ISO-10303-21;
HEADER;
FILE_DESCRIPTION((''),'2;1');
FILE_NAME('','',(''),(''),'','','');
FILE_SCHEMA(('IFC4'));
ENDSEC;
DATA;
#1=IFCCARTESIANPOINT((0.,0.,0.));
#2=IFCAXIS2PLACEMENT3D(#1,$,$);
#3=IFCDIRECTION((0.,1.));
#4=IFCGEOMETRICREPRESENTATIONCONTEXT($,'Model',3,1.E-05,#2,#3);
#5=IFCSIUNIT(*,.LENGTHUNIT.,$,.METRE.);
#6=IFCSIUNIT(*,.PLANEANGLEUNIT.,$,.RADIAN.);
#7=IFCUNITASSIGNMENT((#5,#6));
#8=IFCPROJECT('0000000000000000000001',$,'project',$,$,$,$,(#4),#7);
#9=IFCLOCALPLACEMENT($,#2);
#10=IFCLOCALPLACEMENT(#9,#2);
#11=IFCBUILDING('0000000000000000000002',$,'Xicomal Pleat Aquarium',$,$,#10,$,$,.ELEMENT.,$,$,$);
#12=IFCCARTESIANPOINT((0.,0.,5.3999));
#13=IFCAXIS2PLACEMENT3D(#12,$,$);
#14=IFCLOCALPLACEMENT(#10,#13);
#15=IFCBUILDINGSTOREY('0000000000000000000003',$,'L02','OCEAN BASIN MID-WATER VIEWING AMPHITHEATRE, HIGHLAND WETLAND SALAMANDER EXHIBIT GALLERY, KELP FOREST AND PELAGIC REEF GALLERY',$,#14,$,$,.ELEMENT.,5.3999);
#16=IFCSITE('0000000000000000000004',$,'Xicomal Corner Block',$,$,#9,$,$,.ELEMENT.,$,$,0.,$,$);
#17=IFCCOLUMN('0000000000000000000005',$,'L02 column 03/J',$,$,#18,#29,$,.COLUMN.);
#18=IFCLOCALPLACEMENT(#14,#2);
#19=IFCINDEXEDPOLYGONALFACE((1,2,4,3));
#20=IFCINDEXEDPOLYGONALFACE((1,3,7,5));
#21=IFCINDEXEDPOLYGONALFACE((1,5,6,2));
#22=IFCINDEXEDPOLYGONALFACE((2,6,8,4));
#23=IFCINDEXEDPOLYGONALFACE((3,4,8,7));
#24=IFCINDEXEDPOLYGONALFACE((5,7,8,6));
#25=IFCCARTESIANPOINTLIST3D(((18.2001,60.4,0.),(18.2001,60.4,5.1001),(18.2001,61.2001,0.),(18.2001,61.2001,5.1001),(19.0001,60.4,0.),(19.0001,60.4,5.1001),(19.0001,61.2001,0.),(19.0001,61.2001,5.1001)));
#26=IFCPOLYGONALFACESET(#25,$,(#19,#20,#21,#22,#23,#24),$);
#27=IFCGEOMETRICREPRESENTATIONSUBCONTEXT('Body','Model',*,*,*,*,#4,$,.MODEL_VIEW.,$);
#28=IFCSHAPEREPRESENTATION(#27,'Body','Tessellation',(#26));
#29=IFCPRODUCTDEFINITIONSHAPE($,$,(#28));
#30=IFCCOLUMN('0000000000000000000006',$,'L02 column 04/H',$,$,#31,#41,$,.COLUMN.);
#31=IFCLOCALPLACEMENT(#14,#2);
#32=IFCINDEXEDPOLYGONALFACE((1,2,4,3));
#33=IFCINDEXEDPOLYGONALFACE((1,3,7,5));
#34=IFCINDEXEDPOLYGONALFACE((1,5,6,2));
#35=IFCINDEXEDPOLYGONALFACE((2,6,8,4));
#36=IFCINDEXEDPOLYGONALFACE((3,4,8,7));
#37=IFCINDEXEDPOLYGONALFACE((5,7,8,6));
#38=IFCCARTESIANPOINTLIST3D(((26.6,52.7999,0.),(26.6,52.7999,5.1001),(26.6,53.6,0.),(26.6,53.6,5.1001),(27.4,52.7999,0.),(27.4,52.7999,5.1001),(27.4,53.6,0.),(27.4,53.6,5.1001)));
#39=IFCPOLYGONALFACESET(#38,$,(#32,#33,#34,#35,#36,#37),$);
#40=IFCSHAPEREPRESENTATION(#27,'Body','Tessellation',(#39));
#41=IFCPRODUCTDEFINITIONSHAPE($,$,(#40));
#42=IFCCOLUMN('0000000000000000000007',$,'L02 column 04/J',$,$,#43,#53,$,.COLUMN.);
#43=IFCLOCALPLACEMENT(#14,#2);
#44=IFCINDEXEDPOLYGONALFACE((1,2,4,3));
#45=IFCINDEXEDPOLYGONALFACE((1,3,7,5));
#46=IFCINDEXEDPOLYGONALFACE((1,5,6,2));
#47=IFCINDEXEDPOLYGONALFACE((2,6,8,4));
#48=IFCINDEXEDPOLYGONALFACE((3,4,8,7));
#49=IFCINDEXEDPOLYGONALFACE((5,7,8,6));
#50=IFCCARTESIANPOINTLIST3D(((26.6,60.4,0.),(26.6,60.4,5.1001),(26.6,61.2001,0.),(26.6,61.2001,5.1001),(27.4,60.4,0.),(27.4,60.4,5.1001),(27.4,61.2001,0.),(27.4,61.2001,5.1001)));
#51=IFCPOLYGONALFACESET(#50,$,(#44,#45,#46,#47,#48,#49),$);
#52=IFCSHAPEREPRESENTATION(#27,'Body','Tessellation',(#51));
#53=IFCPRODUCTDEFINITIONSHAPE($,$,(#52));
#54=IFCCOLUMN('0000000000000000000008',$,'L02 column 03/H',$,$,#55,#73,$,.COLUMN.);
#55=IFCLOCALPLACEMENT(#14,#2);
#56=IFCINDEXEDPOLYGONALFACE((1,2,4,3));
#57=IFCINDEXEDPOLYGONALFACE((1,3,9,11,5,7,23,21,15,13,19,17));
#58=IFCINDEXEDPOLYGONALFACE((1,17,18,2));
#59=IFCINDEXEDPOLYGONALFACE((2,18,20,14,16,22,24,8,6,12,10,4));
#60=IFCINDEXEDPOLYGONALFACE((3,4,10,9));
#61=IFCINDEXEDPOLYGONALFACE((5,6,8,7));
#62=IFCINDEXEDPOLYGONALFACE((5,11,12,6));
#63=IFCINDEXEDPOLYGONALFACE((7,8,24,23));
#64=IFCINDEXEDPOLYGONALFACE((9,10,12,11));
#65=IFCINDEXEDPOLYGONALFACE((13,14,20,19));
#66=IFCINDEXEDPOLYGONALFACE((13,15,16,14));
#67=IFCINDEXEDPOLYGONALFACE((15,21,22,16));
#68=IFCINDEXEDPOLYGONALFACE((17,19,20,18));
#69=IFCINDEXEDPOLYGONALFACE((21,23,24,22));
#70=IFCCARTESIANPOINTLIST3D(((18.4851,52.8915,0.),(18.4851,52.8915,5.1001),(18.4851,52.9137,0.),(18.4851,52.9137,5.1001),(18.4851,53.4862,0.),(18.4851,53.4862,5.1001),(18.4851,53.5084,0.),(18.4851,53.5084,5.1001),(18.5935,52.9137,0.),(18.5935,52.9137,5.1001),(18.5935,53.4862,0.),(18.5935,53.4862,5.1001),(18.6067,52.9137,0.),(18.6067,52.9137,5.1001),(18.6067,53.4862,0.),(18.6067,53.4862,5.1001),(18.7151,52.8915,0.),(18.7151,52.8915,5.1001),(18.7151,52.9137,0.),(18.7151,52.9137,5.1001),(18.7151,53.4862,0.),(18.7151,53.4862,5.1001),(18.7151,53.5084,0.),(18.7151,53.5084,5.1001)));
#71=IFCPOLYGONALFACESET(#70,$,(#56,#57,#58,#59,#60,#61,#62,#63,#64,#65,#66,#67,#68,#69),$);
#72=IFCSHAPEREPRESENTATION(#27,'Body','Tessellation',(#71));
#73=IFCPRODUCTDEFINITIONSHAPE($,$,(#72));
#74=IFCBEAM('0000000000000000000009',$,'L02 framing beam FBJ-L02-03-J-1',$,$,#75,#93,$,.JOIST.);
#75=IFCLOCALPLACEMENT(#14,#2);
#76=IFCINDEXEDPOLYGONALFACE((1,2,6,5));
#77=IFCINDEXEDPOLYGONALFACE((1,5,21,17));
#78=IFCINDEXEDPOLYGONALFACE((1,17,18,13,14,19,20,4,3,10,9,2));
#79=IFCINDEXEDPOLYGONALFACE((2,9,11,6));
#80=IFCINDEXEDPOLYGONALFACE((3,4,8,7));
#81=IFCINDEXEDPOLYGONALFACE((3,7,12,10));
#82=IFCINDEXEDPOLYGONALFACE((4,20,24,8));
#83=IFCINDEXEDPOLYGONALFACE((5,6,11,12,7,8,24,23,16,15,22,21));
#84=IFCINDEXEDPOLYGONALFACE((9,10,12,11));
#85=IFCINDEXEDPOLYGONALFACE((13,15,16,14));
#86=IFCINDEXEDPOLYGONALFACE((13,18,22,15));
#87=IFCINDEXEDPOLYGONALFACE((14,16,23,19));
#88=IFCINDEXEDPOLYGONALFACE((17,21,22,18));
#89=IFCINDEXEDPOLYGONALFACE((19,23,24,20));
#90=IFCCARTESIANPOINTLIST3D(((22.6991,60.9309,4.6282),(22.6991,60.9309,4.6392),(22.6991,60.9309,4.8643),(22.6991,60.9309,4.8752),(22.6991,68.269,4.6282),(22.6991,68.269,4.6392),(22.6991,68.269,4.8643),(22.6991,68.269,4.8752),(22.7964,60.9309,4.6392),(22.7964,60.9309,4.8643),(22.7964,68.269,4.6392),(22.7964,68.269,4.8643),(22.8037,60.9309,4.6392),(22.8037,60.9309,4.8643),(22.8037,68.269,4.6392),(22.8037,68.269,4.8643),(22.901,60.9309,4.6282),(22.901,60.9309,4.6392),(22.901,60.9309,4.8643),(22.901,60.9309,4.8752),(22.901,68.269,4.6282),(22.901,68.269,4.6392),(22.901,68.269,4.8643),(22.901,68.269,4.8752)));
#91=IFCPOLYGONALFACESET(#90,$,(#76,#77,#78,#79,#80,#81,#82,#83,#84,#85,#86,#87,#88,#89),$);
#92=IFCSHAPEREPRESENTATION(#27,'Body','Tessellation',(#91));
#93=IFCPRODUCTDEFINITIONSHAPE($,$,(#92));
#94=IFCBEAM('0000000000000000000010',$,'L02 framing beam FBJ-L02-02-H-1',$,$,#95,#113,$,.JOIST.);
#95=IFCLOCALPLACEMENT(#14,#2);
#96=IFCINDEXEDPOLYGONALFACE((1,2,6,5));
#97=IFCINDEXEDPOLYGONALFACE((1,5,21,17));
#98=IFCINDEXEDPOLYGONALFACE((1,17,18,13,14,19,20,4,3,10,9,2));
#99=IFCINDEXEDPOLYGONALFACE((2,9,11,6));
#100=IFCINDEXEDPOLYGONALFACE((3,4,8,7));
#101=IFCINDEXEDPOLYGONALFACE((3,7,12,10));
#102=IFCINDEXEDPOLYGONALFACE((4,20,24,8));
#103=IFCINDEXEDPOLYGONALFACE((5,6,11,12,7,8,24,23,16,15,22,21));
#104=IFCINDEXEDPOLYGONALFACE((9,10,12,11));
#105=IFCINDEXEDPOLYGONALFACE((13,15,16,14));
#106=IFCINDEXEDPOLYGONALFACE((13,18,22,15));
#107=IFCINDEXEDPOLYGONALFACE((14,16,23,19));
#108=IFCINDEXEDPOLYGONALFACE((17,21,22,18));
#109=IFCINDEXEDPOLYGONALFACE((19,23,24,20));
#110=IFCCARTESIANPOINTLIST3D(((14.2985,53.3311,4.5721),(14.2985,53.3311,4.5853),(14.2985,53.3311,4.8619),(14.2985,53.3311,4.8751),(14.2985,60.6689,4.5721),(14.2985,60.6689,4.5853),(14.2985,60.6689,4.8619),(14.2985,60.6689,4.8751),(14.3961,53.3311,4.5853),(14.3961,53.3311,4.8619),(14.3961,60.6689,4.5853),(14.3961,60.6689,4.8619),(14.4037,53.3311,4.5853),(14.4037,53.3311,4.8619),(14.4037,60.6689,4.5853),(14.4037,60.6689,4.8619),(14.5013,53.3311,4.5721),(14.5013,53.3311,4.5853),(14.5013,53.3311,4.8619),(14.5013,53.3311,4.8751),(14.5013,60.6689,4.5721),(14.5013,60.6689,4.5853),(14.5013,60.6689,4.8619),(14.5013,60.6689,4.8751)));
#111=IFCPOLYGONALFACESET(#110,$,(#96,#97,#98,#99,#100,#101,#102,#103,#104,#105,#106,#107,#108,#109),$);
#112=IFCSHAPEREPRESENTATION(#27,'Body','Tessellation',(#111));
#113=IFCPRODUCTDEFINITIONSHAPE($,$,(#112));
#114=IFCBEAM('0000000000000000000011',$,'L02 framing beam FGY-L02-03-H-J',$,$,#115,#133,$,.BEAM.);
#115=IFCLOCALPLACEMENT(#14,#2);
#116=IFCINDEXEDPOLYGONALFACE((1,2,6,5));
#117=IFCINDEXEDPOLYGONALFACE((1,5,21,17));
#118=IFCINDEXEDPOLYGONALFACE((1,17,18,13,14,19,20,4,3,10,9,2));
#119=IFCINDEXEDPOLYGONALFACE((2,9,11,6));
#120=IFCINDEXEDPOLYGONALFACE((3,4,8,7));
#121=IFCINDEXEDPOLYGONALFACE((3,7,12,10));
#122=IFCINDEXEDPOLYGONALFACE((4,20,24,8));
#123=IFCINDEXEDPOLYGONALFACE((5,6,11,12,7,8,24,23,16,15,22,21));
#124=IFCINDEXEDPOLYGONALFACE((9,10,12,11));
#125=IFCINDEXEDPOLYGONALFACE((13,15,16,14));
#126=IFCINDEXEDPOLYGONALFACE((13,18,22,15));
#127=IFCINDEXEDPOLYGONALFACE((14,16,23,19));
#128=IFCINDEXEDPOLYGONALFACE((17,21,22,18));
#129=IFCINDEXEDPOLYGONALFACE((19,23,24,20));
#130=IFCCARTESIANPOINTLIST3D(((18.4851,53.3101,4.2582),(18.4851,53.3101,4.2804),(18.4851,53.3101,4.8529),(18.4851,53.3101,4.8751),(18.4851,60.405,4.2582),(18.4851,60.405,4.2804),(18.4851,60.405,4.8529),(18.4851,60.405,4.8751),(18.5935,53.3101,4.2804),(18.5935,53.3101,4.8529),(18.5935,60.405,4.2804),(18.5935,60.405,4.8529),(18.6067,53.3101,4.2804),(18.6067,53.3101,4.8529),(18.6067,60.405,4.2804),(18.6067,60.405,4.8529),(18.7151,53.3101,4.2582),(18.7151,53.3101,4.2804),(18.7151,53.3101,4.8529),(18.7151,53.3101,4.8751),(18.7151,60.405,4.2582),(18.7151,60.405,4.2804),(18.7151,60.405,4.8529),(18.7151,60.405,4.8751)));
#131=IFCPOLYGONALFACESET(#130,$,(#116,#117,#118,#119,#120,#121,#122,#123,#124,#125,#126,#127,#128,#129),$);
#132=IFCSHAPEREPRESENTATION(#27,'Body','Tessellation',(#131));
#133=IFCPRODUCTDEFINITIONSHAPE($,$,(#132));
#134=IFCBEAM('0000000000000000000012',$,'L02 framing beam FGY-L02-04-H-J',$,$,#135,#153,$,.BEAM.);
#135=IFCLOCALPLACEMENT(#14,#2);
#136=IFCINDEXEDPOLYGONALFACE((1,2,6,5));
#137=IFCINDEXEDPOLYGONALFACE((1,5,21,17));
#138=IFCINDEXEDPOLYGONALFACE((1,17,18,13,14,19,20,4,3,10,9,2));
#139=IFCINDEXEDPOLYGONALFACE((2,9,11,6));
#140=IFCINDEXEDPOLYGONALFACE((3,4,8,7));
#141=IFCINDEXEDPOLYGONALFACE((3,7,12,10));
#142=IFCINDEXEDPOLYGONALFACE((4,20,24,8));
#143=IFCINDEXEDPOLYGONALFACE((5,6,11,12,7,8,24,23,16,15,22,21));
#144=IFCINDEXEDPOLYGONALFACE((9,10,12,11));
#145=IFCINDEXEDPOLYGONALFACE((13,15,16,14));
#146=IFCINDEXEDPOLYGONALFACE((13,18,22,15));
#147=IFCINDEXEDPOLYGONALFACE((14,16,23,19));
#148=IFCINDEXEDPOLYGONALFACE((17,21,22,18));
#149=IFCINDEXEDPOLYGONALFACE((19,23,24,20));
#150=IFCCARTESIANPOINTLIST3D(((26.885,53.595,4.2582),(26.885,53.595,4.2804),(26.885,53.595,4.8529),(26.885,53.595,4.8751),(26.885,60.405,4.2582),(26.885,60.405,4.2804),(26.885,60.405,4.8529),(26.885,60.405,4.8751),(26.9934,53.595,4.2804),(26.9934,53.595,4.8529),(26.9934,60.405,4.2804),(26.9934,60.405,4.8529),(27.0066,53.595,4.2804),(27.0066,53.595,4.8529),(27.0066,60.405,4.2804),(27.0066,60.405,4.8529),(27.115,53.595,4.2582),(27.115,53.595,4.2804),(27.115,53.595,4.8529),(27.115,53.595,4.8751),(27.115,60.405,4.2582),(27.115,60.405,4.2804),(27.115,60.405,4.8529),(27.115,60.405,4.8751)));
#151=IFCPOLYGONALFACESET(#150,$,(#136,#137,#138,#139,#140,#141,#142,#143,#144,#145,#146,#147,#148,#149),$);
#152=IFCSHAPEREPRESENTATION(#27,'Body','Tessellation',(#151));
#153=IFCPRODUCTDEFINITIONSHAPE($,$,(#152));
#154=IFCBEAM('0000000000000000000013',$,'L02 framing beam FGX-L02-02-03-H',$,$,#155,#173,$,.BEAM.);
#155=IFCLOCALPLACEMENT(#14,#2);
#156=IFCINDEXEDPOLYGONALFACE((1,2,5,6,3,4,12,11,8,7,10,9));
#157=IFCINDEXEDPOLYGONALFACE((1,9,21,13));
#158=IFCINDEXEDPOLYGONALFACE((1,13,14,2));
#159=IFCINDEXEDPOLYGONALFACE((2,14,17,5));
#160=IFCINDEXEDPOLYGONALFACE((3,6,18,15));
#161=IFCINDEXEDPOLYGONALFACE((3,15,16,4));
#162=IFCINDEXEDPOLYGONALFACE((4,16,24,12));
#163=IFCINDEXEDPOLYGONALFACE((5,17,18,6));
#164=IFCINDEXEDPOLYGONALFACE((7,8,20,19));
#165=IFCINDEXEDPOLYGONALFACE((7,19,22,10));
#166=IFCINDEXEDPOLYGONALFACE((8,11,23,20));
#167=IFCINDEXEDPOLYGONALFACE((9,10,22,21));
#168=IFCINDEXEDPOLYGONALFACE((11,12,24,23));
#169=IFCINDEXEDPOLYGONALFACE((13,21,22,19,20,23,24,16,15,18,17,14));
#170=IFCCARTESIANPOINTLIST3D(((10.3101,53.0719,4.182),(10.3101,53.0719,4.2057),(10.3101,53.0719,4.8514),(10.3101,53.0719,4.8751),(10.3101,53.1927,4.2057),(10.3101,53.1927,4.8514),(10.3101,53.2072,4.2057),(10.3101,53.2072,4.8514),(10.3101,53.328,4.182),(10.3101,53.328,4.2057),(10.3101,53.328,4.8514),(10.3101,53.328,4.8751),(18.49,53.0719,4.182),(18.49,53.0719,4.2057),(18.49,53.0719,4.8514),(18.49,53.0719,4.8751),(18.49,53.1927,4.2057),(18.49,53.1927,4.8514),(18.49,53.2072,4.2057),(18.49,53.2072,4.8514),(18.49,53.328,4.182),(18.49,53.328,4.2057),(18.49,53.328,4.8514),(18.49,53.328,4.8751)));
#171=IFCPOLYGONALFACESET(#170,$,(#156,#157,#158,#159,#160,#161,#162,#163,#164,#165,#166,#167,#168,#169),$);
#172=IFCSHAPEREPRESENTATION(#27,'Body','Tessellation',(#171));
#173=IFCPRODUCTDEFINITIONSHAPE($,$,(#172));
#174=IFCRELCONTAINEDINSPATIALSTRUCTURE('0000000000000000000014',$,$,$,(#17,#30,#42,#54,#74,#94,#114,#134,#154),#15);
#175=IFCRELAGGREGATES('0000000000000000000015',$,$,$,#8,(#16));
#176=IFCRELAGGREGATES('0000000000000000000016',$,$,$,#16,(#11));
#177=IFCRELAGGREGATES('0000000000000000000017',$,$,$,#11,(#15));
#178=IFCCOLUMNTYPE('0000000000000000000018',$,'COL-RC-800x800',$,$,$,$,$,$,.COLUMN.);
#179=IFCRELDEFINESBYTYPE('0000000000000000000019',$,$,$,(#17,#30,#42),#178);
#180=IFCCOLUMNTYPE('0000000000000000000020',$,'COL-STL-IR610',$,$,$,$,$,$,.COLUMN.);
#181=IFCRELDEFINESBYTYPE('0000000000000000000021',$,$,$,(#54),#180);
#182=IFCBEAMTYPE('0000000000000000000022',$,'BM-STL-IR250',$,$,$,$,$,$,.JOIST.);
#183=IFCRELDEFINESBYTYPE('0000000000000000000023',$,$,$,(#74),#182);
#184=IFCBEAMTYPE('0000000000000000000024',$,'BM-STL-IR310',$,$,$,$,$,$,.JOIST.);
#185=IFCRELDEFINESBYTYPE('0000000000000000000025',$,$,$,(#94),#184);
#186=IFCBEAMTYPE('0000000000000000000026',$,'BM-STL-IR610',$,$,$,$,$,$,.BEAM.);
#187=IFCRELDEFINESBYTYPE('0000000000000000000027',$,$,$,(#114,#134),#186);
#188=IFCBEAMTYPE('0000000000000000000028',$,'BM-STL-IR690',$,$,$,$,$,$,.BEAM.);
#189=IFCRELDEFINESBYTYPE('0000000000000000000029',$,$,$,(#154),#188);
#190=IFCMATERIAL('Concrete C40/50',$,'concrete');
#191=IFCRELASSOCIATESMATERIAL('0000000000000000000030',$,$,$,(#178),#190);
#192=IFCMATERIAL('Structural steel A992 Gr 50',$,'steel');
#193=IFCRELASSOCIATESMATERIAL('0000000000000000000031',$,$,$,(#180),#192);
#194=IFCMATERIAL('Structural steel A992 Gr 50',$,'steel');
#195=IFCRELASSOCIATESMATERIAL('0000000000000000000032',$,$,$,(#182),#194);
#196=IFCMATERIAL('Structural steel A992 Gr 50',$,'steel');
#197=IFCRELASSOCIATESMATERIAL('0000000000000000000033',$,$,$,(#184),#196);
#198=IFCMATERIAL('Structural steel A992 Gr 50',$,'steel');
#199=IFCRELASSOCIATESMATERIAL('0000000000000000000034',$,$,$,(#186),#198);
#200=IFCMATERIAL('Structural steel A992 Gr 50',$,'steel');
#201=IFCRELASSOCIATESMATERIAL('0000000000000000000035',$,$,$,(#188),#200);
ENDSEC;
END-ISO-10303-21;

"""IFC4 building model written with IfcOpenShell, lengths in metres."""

from ifc_helpers import new_model, si_unit, direction, frame, origin, origin_2d, place, context, subcontext, project, spatial, rectangle, i_section, extrude, material, material_profile, profile_set, type_object, element, save


model = new_model("IFC4")

# Units and contexts
model_context = context("Model", 3, precision=1e-05, world=origin(), true_north=direction((0.0, 1.0)))
body_context = subcontext(model_context, "Body", "Model", "MODEL_VIEW")
ifc_project = project(units=[si_unit("LENGTHUNIT", "METRE"), si_unit("PLANEANGLEUNIT", "RADIAN")], contexts=[model_context])

# Site, building, storey
site_placement = place(None, origin())
site = spatial("IfcSite", under=ifc_project, at=site_placement, Name="Xicomal Corner Block", CompositionType="ELEMENT", RefElevation=0.0)
building_placement = place(site_placement, origin())
building = spatial("IfcBuilding", under=site, at=building_placement, Name="Xicomal Pleat Aquarium", CompositionType="ELEMENT")
storey_placement = place(building_placement, frame((0.0, 0.0, 5.3999)))
storey = spatial("IfcBuildingStorey", under=building, at=storey_placement, Name="L02", Description="OCEAN BASIN MID-WATER VIEWING AMPHITHEATRE, HIGHLAND WETLAND SALAMANDER EXHIBIT GALLERY, KELP FOREST AND PELAGIC REEF GALLERY", CompositionType="ELEMENT", Elevation=5.3999)

# Columns
ifc_material_1 = material(Name="Concrete C40/50", Category="concrete")
ifc_material_profile_1 = material_profile(ifc_material_1, rectangle(XDim=0.8, YDim=0.8, at=origin_2d()), Name="RC 800x800")
ifc_profile_set_1 = profile_set([ifc_material_profile_1], Name="Concrete C40/50")
column_type_1 = type_object("IfcColumnType", Name="COL-RC-800x800", PredefinedType="COLUMN", material=ifc_profile_set_1)
for number, where, z_axis, x_axis, name in (
    (1, (18.6001, 60.8, 0.0), (0.0, 0.0, 1.0), (1.0, 0.0, 0.0), "L02 column 03/J"),
    (2, (27.0, 53.2, 0.0), (0.0, 0.0, 1.0), (1.0, 0.0, 0.0), "L02 column 04/H"),
    (3, (27.0, 60.8, 0.0), (0.0, 0.0, 1.0), (1.0, 0.0, 0.0), "L02 column 04/J"),
):
    element("IfcColumn", number, at=place(storey_placement, frame(where, z_axis=z_axis, x_axis=x_axis)), inside=storey, type_object=column_type_1, Name=name, PredefinedType="COLUMN", context=body_context, shape_type="SweptSolid", body=[
        extrude(rectangle(XDim=0.8, YDim=0.8, at=origin_2d()), origin(), (0.0, 0.0, 1.0), 5.1001),
    ])
ifc_material_2 = material(Name="Structural steel A992 Gr 50", Category="steel")
ifc_material_profile_2 = material_profile(ifc_material_2, i_section(OverallWidth=0.23, OverallDepth=0.6169, WebThickness=0.0132, FlangeThickness=0.0222, at=origin_2d()), Name="IR 610x140")
ifc_profile_set_2 = profile_set([ifc_material_profile_2], Name="Structural steel A992 Gr 50")
column_type_2 = type_object("IfcColumnType", Name="COL-STL-IR610", PredefinedType="COLUMN", material=ifc_profile_set_2)
column_placement = place(storey_placement, frame((18.6001, 53.2, 0.0), z_axis=(0.0, 0.0, 1.0), x_axis=(1.0, 0.0, 0.0)))
element("IfcColumn", 4, at=column_placement, inside=storey, type_object=column_type_2, Name="L02 column 03/H", PredefinedType="COLUMN", context=body_context, shape_type="SweptSolid", body=[
    extrude(i_section(OverallWidth=0.23, OverallDepth=0.6169, WebThickness=0.0132, FlangeThickness=0.0222, at=origin_2d()), origin(), (0.0, 0.0, 1.0), 5.1001),
])

# Beams
ifc_material_3 = material(Name="Structural steel A992 Gr 50", Category="steel")
ifc_material_profile_3 = material_profile(ifc_material_3, i_section(OverallWidth=0.2019, OverallDepth=0.2471, WebThickness=0.0073, FlangeThickness=0.011, at=origin_2d()), Name="IR 250x49")
ifc_profile_set_3 = profile_set([ifc_material_profile_3], Name="Structural steel A992 Gr 50")
beam_type_1 = type_object("IfcBeamType", Name="BM-STL-IR250", PredefinedType="JOIST", material=ifc_profile_set_3)
beam_1_placement = place(storey_placement, frame((22.8, 60.9309, 4.7517), z_axis=(0.0, 1.0, 0.0), x_axis=(-1.0, 0.0, 0.0)))
element("IfcBeam", 5, at=beam_1_placement, inside=storey, type_object=beam_type_1, Name="L02 framing beam FBJ-L02-03-J-1", PredefinedType="JOIST", context=body_context, shape_type="SweptSolid", body=[
    extrude(i_section(OverallWidth=0.2019, OverallDepth=0.2471, WebThickness=0.0073, FlangeThickness=0.011, at=origin_2d()), origin(), (0.0, 0.0, 1.0), 7.3381),
])
ifc_material_4 = material(Name="Structural steel A992 Gr 50", Category="steel")
ifc_material_profile_4 = material_profile(ifc_material_4, i_section(OverallWidth=0.2029, OverallDepth=0.303, WebThickness=0.0076, FlangeThickness=0.0132, at=origin_2d()), Name="IR 310x60")
ifc_profile_set_4 = profile_set([ifc_material_profile_4], Name="Structural steel A992 Gr 50")
beam_type_2 = type_object("IfcBeamType", Name="BM-STL-IR310", PredefinedType="JOIST", material=ifc_profile_set_4)
beam_2_placement = place(storey_placement, frame((14.3999, 53.3311, 4.7236), z_axis=(0.0, 1.0, 0.0), x_axis=(-1.0, 0.0, 0.0)))
element("IfcBeam", 6, at=beam_2_placement, inside=storey, type_object=beam_type_2, Name="L02 framing beam FBJ-L02-02-H-1", PredefinedType="JOIST", context=body_context, shape_type="SweptSolid", body=[
    extrude(i_section(OverallWidth=0.2029, OverallDepth=0.303, WebThickness=0.0076, FlangeThickness=0.0132, at=origin_2d()), origin(), (0.0, 0.0, 1.0), 7.3379),
])
ifc_material_5 = material(Name="Structural steel A992 Gr 50", Category="steel")
ifc_material_profile_5 = material_profile(ifc_material_5, i_section(OverallWidth=0.23, OverallDepth=0.6169, WebThickness=0.0132, FlangeThickness=0.0222, at=origin_2d()), Name="IR 610x140")
ifc_profile_set_5 = profile_set([ifc_material_profile_5], Name="Structural steel A992 Gr 50")
beam_type_3 = type_object("IfcBeamType", Name="BM-STL-IR610", PredefinedType="BEAM", material=ifc_profile_set_5)
beam_3_placement = place(storey_placement, frame((18.6001, 53.3101, 4.5667), z_axis=(0.0, 1.0, 0.0), x_axis=(-1.0, 0.0, 0.0)))
element("IfcBeam", 7, at=beam_3_placement, inside=storey, type_object=beam_type_3, Name="L02 framing beam FGY-L02-03-H-J", PredefinedType="BEAM", context=body_context, shape_type="SweptSolid", body=[
    extrude(i_section(OverallWidth=0.23, OverallDepth=0.6169, WebThickness=0.0132, FlangeThickness=0.0222, at=origin_2d()), origin(), (0.0, 0.0, 1.0), 7.095),
])
beam_4_placement = place(storey_placement, frame((27.0, 53.595, 4.5667), z_axis=(0.0, 1.0, 0.0), x_axis=(-1.0, 0.0, 0.0)))
element("IfcBeam", 8, at=beam_4_placement, inside=storey, type_object=beam_type_3, Name="L02 framing beam FGY-L02-04-H-J", PredefinedType="BEAM", context=body_context, shape_type="SweptSolid", body=[
    extrude(i_section(OverallWidth=0.23, OverallDepth=0.6169, WebThickness=0.0132, FlangeThickness=0.0222, at=origin_2d()), origin(), (0.0, 0.0, 1.0), 6.8101),
])
ifc_material_6 = material(Name="Structural steel A992 Gr 50", Category="steel")
ifc_material_profile_6 = material_profile(ifc_material_6, i_section(OverallWidth=0.2561, OverallDepth=0.6931, WebThickness=0.0144, FlangeThickness=0.0237, at=origin_2d()), Name="IR 690x170")
ifc_profile_set_6 = profile_set([ifc_material_profile_6], Name="Structural steel A992 Gr 50")
beam_type_4 = type_object("IfcBeamType", Name="BM-STL-IR690", PredefinedType="BEAM", material=ifc_profile_set_6)
beam_5_placement = place(storey_placement, frame((10.3101, 53.2, 4.5286), z_axis=(1.0, 0.0, 0.0), x_axis=(0.0, 1.0, 0.0)))
element("IfcBeam", 9, at=beam_5_placement, inside=storey, type_object=beam_type_4, Name="L02 framing beam FGX-L02-02-03-H", PredefinedType="BEAM", context=body_context, shape_type="SweptSolid", body=[
    extrude(i_section(OverallWidth=0.2561, OverallDepth=0.6931, WebThickness=0.0144, FlangeThickness=0.0237, at=origin_2d()), origin(), (0.0, 0.0, 1.0), 8.1799),
])

save(model, "model.ifc")
